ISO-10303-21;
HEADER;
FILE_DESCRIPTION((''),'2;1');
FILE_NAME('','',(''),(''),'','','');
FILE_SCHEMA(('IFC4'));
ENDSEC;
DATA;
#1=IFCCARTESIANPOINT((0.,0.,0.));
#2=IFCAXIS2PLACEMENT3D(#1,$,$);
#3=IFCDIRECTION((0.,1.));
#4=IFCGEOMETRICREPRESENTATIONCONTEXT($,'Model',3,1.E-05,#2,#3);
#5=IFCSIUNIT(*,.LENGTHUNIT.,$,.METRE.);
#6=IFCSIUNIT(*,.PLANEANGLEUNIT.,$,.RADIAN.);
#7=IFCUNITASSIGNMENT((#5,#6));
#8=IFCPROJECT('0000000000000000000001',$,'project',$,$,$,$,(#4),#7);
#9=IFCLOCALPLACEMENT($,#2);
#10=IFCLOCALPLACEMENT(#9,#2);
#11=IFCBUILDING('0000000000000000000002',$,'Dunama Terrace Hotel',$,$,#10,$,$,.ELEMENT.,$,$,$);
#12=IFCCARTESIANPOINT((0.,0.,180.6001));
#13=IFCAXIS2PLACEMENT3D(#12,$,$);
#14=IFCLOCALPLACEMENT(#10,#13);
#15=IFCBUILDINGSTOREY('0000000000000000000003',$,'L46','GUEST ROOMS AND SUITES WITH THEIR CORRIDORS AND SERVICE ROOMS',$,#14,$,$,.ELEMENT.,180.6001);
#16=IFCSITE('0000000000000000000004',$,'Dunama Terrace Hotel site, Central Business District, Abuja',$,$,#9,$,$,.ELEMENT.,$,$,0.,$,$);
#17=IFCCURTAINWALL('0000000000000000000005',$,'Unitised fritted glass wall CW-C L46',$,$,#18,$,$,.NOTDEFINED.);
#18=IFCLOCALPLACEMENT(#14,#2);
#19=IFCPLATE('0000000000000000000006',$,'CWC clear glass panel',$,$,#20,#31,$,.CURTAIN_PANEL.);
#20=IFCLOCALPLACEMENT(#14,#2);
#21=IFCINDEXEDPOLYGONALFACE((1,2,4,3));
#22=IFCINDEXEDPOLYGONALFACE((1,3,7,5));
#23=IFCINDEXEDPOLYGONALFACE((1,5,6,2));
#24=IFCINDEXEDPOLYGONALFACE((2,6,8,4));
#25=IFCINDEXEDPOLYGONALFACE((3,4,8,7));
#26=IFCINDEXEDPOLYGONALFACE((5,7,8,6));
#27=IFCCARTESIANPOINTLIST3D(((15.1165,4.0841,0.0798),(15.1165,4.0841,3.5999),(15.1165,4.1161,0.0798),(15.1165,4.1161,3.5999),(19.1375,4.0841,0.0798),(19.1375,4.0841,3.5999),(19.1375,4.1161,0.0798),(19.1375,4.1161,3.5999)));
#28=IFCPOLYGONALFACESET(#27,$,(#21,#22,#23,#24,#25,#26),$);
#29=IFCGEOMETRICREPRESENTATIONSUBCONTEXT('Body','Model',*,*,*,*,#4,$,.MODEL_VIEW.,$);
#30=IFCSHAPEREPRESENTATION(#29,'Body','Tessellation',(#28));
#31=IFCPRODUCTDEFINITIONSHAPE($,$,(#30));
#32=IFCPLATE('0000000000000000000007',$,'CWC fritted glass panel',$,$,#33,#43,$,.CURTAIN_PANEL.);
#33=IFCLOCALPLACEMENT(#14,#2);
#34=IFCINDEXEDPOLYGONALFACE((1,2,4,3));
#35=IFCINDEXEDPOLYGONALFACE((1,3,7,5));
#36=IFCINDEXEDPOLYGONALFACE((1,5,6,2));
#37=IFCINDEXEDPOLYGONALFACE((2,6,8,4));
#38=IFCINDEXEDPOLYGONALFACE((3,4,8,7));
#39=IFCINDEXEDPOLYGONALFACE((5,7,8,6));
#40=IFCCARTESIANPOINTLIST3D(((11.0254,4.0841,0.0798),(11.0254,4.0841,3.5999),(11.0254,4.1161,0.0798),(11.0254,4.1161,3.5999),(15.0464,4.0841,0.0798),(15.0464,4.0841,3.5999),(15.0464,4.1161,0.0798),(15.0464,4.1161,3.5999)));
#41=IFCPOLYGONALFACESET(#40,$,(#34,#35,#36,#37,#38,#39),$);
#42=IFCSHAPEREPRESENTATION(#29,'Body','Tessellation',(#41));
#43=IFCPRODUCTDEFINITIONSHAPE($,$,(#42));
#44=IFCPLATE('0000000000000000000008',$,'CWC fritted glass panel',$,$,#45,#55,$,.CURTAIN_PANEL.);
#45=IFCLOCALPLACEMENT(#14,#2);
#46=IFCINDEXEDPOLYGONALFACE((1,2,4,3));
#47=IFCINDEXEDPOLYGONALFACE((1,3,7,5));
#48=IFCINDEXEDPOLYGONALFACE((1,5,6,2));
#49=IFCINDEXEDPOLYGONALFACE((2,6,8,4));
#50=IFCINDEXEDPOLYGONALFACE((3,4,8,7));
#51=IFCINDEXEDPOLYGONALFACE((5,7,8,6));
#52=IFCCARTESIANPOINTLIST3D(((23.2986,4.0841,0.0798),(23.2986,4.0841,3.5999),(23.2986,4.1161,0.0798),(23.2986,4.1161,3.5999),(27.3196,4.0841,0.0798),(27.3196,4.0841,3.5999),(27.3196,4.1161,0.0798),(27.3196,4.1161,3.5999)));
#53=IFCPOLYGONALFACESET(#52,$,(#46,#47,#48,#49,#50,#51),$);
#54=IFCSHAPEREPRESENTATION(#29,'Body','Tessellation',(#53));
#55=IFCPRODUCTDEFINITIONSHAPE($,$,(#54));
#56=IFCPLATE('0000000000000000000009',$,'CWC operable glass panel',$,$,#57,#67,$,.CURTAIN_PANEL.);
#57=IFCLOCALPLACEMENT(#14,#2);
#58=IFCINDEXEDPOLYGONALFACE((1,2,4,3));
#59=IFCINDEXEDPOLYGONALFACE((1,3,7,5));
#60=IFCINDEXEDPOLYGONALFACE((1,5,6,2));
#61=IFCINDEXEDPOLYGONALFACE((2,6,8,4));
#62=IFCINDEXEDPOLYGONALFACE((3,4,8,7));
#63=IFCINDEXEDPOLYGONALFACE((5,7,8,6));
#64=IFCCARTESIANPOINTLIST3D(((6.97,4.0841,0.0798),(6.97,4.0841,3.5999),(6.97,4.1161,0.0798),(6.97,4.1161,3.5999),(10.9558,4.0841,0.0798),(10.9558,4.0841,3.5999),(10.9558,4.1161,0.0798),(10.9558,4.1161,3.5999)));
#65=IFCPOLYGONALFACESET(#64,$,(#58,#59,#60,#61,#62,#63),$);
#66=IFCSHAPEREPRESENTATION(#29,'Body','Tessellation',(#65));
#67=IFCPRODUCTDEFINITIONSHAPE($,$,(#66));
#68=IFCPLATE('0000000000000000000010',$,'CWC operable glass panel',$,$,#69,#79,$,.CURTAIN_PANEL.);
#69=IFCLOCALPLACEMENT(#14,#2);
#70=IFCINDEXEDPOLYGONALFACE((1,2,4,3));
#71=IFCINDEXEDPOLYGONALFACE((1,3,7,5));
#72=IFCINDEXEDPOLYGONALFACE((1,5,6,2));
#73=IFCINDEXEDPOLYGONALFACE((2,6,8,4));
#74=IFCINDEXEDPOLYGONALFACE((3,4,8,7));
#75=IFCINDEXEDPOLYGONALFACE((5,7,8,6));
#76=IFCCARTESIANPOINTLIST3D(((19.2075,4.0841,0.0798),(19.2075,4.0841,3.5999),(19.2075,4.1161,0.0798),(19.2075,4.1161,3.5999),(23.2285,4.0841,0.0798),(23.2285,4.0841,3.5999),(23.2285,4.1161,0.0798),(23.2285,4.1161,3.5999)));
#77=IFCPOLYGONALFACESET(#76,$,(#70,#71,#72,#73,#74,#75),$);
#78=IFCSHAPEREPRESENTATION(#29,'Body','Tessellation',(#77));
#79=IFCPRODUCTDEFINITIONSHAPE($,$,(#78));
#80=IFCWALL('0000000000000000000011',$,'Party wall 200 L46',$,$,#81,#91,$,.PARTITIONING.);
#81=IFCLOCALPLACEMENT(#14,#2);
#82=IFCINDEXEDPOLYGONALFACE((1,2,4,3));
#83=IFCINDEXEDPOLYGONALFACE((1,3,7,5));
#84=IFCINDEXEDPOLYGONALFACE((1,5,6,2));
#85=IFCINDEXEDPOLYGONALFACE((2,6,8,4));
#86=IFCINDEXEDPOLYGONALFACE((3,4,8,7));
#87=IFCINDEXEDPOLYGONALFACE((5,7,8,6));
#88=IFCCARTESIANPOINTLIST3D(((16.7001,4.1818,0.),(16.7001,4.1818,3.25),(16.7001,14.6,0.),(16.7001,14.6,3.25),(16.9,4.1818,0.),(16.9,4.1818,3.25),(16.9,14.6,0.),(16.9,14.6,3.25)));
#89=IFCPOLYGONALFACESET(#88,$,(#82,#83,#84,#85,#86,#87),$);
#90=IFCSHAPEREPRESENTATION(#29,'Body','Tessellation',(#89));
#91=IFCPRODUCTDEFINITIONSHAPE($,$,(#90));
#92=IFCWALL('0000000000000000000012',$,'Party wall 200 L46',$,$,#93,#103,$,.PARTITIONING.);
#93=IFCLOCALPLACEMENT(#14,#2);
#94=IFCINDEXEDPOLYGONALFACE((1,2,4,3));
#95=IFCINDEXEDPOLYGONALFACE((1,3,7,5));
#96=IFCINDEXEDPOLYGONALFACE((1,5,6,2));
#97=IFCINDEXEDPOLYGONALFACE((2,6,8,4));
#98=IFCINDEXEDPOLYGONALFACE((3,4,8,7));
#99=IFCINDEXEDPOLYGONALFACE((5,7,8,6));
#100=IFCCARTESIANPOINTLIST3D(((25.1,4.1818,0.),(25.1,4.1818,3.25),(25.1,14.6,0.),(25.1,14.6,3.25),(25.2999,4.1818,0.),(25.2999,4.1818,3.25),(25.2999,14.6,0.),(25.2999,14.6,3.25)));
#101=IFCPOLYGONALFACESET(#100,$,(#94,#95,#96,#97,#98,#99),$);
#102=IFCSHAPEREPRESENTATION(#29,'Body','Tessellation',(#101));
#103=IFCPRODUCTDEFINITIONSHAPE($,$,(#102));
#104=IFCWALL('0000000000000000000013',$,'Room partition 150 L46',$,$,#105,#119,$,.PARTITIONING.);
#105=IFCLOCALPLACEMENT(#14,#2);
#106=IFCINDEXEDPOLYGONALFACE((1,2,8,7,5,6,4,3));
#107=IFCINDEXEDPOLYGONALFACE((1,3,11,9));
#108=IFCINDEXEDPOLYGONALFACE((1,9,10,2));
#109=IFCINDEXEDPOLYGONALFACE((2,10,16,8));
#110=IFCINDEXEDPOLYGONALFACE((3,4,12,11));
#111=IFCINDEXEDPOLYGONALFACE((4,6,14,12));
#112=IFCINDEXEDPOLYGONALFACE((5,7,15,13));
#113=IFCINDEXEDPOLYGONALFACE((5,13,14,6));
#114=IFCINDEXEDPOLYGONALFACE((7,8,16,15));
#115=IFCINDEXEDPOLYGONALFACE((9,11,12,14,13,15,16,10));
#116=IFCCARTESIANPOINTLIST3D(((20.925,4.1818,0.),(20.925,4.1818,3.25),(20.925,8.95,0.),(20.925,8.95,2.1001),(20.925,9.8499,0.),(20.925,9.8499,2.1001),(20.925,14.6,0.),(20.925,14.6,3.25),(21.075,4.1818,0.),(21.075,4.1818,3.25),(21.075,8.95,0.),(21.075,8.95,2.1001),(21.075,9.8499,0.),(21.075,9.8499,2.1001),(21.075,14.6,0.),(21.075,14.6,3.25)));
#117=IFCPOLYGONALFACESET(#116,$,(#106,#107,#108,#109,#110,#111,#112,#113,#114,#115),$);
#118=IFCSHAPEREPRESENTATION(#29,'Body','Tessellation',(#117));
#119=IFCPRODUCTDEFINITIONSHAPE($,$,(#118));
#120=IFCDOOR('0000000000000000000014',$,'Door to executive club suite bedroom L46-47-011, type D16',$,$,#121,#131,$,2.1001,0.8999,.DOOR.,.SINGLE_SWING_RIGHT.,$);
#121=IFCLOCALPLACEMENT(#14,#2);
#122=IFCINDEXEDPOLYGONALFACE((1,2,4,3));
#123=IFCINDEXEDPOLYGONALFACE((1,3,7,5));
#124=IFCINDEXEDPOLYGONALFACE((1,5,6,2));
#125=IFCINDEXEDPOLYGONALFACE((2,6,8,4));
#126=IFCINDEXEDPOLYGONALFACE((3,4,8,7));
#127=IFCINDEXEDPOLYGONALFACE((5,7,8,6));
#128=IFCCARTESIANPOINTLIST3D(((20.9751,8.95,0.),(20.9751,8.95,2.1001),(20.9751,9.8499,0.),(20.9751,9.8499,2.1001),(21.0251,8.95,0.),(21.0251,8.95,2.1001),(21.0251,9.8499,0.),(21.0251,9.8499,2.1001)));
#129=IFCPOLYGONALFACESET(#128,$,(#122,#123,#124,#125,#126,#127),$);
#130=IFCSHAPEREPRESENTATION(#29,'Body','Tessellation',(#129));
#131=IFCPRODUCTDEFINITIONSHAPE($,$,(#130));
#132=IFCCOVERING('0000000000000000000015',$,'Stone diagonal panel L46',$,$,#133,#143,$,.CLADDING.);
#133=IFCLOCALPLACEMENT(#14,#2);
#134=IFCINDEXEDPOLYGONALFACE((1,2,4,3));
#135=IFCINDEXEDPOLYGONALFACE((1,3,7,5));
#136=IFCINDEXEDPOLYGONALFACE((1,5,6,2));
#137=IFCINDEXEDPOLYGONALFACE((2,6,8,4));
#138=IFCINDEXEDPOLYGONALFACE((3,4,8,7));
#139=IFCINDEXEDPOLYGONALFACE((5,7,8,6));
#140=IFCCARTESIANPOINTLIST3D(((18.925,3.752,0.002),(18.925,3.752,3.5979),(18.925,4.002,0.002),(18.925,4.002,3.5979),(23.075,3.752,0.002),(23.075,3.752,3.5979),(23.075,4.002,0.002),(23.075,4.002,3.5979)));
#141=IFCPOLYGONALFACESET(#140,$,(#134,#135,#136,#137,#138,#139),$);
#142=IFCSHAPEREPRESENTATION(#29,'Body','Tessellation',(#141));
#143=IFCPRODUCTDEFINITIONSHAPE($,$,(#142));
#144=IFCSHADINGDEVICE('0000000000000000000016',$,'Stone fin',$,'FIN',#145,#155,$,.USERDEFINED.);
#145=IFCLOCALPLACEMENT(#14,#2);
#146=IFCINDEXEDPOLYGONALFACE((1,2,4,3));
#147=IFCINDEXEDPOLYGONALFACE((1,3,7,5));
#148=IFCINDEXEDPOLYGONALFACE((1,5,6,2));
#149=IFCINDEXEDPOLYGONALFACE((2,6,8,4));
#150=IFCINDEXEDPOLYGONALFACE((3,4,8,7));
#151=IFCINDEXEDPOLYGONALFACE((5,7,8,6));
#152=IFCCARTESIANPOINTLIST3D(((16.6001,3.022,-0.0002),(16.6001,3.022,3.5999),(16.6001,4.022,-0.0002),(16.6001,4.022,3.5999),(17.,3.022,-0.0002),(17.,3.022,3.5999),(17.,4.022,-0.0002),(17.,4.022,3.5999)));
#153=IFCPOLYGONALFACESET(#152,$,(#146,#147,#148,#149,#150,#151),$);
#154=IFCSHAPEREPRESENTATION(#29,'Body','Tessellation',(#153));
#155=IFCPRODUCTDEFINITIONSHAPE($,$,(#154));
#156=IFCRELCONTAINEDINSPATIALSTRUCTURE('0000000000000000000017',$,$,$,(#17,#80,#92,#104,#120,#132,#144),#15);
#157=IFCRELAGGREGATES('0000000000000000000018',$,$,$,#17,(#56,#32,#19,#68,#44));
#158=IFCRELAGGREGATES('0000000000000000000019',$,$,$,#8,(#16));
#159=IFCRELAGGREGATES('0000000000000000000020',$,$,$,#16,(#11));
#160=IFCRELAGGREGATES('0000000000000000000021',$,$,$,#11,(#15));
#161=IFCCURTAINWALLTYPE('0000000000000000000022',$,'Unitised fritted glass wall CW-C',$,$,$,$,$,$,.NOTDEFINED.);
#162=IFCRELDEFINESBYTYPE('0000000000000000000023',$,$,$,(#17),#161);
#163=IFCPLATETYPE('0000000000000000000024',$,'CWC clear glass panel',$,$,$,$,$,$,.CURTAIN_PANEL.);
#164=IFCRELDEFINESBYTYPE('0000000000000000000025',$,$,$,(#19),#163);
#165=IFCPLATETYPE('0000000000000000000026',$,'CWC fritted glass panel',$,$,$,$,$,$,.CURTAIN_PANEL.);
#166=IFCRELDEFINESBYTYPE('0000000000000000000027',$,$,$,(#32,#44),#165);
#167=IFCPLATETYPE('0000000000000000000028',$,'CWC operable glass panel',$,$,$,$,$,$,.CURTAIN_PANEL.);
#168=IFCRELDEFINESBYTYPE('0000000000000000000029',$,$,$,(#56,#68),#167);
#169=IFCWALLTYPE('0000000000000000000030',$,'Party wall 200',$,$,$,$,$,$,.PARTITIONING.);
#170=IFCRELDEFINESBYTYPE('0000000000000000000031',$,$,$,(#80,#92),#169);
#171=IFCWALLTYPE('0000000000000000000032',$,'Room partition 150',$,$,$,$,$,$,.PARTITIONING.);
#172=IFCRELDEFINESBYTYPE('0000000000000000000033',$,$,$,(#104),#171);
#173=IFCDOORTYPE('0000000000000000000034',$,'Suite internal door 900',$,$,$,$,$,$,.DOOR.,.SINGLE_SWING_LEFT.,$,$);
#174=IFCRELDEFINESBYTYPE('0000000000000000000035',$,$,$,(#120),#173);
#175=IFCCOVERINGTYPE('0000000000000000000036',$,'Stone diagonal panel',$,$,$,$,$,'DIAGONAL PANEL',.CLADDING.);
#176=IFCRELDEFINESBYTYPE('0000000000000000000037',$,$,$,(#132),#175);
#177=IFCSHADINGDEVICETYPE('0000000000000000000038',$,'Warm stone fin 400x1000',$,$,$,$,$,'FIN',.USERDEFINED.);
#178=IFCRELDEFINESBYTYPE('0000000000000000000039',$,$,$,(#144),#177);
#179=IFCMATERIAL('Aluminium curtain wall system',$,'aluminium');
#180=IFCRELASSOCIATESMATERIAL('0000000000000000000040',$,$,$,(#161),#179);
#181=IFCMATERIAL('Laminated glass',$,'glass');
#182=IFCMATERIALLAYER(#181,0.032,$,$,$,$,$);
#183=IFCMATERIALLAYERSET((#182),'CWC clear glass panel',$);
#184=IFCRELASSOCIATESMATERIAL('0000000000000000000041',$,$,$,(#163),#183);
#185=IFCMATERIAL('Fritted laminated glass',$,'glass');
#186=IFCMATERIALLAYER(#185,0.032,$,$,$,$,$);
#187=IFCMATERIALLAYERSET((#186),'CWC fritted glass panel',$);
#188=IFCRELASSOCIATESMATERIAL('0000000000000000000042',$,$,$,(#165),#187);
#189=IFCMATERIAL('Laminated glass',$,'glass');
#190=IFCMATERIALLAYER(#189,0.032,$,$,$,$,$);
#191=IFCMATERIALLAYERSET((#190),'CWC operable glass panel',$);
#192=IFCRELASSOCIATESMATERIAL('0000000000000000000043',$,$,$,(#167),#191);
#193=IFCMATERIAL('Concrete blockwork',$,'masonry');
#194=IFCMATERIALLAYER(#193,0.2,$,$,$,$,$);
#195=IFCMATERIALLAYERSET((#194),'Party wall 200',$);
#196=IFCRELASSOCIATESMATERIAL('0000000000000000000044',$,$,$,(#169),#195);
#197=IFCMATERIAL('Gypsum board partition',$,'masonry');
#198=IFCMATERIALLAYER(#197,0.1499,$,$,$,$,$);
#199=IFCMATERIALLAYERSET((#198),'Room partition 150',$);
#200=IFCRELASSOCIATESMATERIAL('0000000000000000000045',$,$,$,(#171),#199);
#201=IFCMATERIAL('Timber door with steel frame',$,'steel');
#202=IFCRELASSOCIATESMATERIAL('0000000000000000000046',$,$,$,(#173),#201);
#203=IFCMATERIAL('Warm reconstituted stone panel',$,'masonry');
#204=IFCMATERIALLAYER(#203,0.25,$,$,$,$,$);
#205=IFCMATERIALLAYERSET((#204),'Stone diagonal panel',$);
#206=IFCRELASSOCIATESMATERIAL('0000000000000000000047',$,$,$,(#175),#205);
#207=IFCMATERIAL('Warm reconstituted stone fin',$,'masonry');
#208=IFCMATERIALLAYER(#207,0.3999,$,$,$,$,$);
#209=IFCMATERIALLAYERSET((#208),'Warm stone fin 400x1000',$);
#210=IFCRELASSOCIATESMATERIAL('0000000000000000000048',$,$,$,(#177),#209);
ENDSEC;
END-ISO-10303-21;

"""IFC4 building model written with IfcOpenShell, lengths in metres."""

from ifc_helpers import new_model, si_unit, direction, frame, frame_2d, origin, origin_2d, place, context, subcontext, project, spatial, rectangle, extrude, material, layer, layer_set, type_object, element, fill, aggregate, save


model = new_model("IFC4")

# Units and contexts
model_context = context("Model", 3, precision=1e-05, world=origin(), true_north=direction((0.0, 1.0)))
body_context = subcontext(model_context, "Body", "Model", "MODEL_VIEW")
ifc_project = project(units=[si_unit("LENGTHUNIT", "METRE"), si_unit("PLANEANGLEUNIT", "RADIAN")], contexts=[model_context])

# Site, building, storey
site_placement = place(None, origin())
site = spatial("IfcSite", under=ifc_project, at=site_placement, Name="Dunama Terrace Hotel site, Central Business District, Abuja", CompositionType="ELEMENT", RefElevation=0.0)
building_placement = place(site_placement, origin())
building = spatial("IfcBuilding", under=site, at=building_placement, Name="Dunama Terrace Hotel", CompositionType="ELEMENT")
storey_placement = place(building_placement, frame((0.0, 0.0, 180.6001)))
storey = spatial("IfcBuildingStorey", under=building, at=storey_placement, Name="L46", Description="GUEST ROOMS AND SUITES WITH THEIR CORRIDORS AND SERVICE ROOMS", CompositionType="ELEMENT", Elevation=180.6001)

# Curtain wall
ifc_material_1 = material(Name="Aluminium curtain wall system", Category="aluminium")
curtain_wall_type = type_object("IfcCurtainWallType", Name="Unitised fritted glass wall CW-C", PredefinedType="NOTDEFINED", material=ifc_material_1)
curtain_wall_placement = place(storey_placement, origin())
curtain_wall = element("IfcCurtainWall", 1, at=curtain_wall_placement, inside=storey, type_object=curtain_wall_type, Name="Unitised fritted glass wall CW-C L46", PredefinedType="NOTDEFINED")

# Plates
ifc_material_2 = material(Name="Laminated glass", Category="glass")
ifc_layer_1 = layer(ifc_material_2, 0.032)
ifc_layer_set_1 = layer_set([ifc_layer_1], Name="CWC clear glass panel")
plate_type_1 = type_object("IfcPlateType", Name="CWC clear glass panel", PredefinedType="CURTAIN_PANEL", material=ifc_layer_set_1)
plate_1_placement = place(storey_placement, frame((17.127, 4.1001, 0.0798), z_axis=(0.0, 0.0, 1.0), x_axis=(1.0, 0.0, 0.0)))
plate_1 = element("IfcPlate", 2, at=plate_1_placement, type_object=plate_type_1, Name="CWC clear glass panel", PredefinedType="CURTAIN_PANEL", context=body_context, shape_type="SweptSolid", body=[
    extrude(rectangle(XDim=4.021, YDim=0.032, at=origin_2d()), origin(), (0.0, 0.0, 1.0), 3.52),
])
ifc_material_3 = material(Name="Fritted laminated glass", Category="glass")
ifc_layer_2 = layer(ifc_material_3, 0.032)
ifc_layer_set_2 = layer_set([ifc_layer_2], Name="CWC fritted glass panel")
plate_type_2 = type_object("IfcPlateType", Name="CWC fritted glass panel", PredefinedType="CURTAIN_PANEL", material=ifc_layer_set_2)
plate_2_placement = place(storey_placement, frame((13.0359, 4.1001, 0.0798), z_axis=(0.0, 0.0, 1.0), x_axis=(1.0, 0.0, 0.0)))
plate_2 = element("IfcPlate", 3, at=plate_2_placement, type_object=plate_type_2, Name="CWC fritted glass panel", PredefinedType="CURTAIN_PANEL", context=body_context, shape_type="SweptSolid", body=[
    extrude(rectangle(XDim=4.021, YDim=0.032, at=origin_2d()), origin(), (0.0, 0.0, 1.0), 3.52),
])
plate_3_placement = place(storey_placement, frame((25.3091, 4.1001, 0.0798), z_axis=(0.0, 0.0, 1.0), x_axis=(1.0, 0.0, 0.0)))
plate_3 = element("IfcPlate", 4, at=plate_3_placement, type_object=plate_type_2, Name="CWC fritted glass panel", PredefinedType="CURTAIN_PANEL", context=body_context, shape_type="SweptSolid", body=[
    extrude(rectangle(XDim=4.021, YDim=0.032, at=origin_2d()), origin(), (0.0, 0.0, 1.0), 3.52),
])
ifc_material_4 = material(Name="Laminated glass", Category="glass")
ifc_layer_3 = layer(ifc_material_4, 0.032)
ifc_layer_set_3 = layer_set([ifc_layer_3], Name="CWC operable glass panel")
plate_type_3 = type_object("IfcPlateType", Name="CWC operable glass panel", PredefinedType="CURTAIN_PANEL", material=ifc_layer_set_3)
plate_4_placement = place(storey_placement, frame((8.9629, 4.1001, 0.0798), z_axis=(0.0, 0.0, 1.0), x_axis=(1.0, 0.0, 0.0)))
plate_4 = element("IfcPlate", 5, at=plate_4_placement, type_object=plate_type_3, Name="CWC operable glass panel", PredefinedType="CURTAIN_PANEL", context=body_context, shape_type="SweptSolid", body=[
    extrude(rectangle(XDim=3.9858, YDim=0.032, at=origin_2d()), origin(), (0.0, 0.0, 1.0), 3.52),
])
plate_5_placement = place(storey_placement, frame((21.218, 4.1001, 0.0798), z_axis=(0.0, 0.0, 1.0), x_axis=(1.0, 0.0, 0.0)))
plate_5 = element("IfcPlate", 6, at=plate_5_placement, type_object=plate_type_3, Name="CWC operable glass panel", PredefinedType="CURTAIN_PANEL", context=body_context, shape_type="SweptSolid", body=[
    extrude(rectangle(XDim=4.021, YDim=0.032, at=origin_2d()), origin(), (0.0, 0.0, 1.0), 3.52),
])
aggregate(curtain_wall, [plate_4, plate_2, plate_1, plate_5, plate_3])

# Walls
ifc_material_5 = material(Name="Concrete blockwork", Category="masonry")
ifc_layer_4 = layer(ifc_material_5, 0.2)
ifc_layer_set_4 = layer_set([ifc_layer_4], Name="Party wall 200")
wall_type_1 = type_object("IfcWallType", Name="Party wall 200", PredefinedType="PARTITIONING", material=ifc_layer_set_4)
for number, where, z_axis, x_axis, name in (
    (7, (16.8, 4.1819, 0.0), (0.0, 0.0, 1.0), (0.0, 1.0, 0.0), "Party wall 200 L46"),
    (8, (25.2, 4.1819, 0.0), (0.0, 0.0, 1.0), (0.0, 1.0, 0.0), "Party wall 200 L46"),
):
    element("IfcWall", number, at=place(storey_placement, frame(where, z_axis=z_axis, x_axis=x_axis)), inside=storey, type_object=wall_type_1, Name=name, PredefinedType="PARTITIONING", context=body_context, shape_type="SweptSolid", body=[
        extrude(rectangle(XDim=10.4182, YDim=0.2, at=frame_2d((5.209, 0.0))), origin(), (0.0, 0.0, 1.0), 3.25),
    ])

# Wall, opening, door
ifc_material_6 = material(Name="Gypsum board partition", Category="masonry")
ifc_layer_5 = layer(ifc_material_6, 0.1499)
ifc_layer_set_5 = layer_set([ifc_layer_5], Name="Room partition 150")
wall_type_2 = type_object("IfcWallType", Name="Room partition 150", PredefinedType="PARTITIONING", material=ifc_layer_set_5)
wall_placement = place(storey_placement, frame((21.0, 4.1819, 0.0), z_axis=(0.0, 0.0, 1.0), x_axis=(0.0, 1.0, 0.0)))
wall = element("IfcWall", 9, at=wall_placement, inside=storey, type_object=wall_type_2, Name="Room partition 150 L46", PredefinedType="PARTITIONING", context=body_context, shape_type="SweptSolid", body=[
    extrude(rectangle(XDim=10.4182, YDim=0.1499, at=frame_2d((5.209, 0.0))), origin(), (0.0, 0.0, 1.0), 3.25),
])
opening_placement = place(wall_placement, frame((4.7681, 0.0, 0.0)))
opening = element("IfcOpeningElement", 10, at=opening_placement, cuts=wall, PredefinedType="OPENING", context=body_context, shape_type="SweptSolid", body=[
    extrude(rectangle(XDim=0.8999, YDim=2.1001, at=frame_2d((0.45, 1.05))), frame((0.0, 0.085, 0.0), z_axis=(0.0, -1.0, 0.0), x_axis=(1.0, 0.0, 0.0)), (0.0, 0.0, 1.0), 0.1699),
])
ifc_material_7 = material(Name="Timber door with steel frame", Category="steel")
door_type = type_object("IfcDoorType", Name="Suite internal door 900", OperationType="SINGLE_SWING_LEFT", PredefinedType="DOOR", material=ifc_material_7)
door_placement = place(opening_placement, frame((0.8999, 0.0, 0.0), z_axis=(0.0, 0.0, 1.0), x_axis=(-1.0, 0.0, 0.0)))
door = element("IfcDoor", 11, at=door_placement, inside=storey, type_object=door_type, Name="Door to executive club suite bedroom L46-47-011, type D16", OperationType="SINGLE_SWING_RIGHT", OverallHeight=2.1001, OverallWidth=0.8999, PredefinedType="DOOR", context=body_context, shape_type="SweptSolid", body=[
    extrude(rectangle(XDim=0.8999, YDim=2.1001, at=frame_2d((0.45, 1.05))), frame((0.0, 0.0251, 0.0), z_axis=(0.0, -1.0, 0.0), x_axis=(1.0, 0.0, 0.0)), (0.0, 0.0, 1.0), 0.05),
])
fill(opening, door)

# Covering
ifc_material_8 = material(Name="Warm reconstituted stone panel", Category="masonry")
ifc_layer_6 = layer(ifc_material_8, 0.25)
ifc_layer_set_6 = layer_set([ifc_layer_6], Name="Stone diagonal panel")
covering_type = type_object("IfcCoveringType", Name="Stone diagonal panel", ElementType="DIAGONAL PANEL", PredefinedType="CLADDING", material=ifc_layer_set_6)
covering_placement = place(storey_placement, frame((21.0, 3.877, 0.002), z_axis=(0.0, 0.0, 1.0), x_axis=(1.0, 0.0, 0.0)))
element("IfcCovering", 12, at=covering_placement, inside=storey, type_object=covering_type, Name="Stone diagonal panel L46", PredefinedType="CLADDING", context=body_context, shape_type="SweptSolid", body=[
    extrude(rectangle(XDim=4.1499, YDim=0.25, at=origin_2d()), origin(), (0.0, 0.0, 1.0), 3.5959),
])

# Shading device
ifc_material_9 = material(Name="Warm reconstituted stone fin", Category="masonry")
ifc_layer_7 = layer(ifc_material_9, 0.3999)
ifc_layer_set_7 = layer_set([ifc_layer_7], Name="Warm stone fin 400x1000")
shading_device_type = type_object("IfcShadingDeviceType", Name="Warm stone fin 400x1000", ElementType="FIN", PredefinedType="USERDEFINED", material=ifc_layer_set_7)
shading_device_placement = place(storey_placement, frame((16.8, 3.522, -0.0002), z_axis=(0.0, 0.0, 1.0), x_axis=(1.0, 0.0, 0.0)))
element("IfcShadingDevice", 13, at=shading_device_placement, inside=storey, type_object=shading_device_type, Name="Stone fin", ObjectType="FIN", PredefinedType="USERDEFINED", context=body_context, shape_type="SweptSolid", body=[
    extrude(rectangle(XDim=0.3999, YDim=1.0, at=origin_2d()), origin(), (0.0, 0.0, 1.0), 3.6001),
])

save(model, "model.ifc")
